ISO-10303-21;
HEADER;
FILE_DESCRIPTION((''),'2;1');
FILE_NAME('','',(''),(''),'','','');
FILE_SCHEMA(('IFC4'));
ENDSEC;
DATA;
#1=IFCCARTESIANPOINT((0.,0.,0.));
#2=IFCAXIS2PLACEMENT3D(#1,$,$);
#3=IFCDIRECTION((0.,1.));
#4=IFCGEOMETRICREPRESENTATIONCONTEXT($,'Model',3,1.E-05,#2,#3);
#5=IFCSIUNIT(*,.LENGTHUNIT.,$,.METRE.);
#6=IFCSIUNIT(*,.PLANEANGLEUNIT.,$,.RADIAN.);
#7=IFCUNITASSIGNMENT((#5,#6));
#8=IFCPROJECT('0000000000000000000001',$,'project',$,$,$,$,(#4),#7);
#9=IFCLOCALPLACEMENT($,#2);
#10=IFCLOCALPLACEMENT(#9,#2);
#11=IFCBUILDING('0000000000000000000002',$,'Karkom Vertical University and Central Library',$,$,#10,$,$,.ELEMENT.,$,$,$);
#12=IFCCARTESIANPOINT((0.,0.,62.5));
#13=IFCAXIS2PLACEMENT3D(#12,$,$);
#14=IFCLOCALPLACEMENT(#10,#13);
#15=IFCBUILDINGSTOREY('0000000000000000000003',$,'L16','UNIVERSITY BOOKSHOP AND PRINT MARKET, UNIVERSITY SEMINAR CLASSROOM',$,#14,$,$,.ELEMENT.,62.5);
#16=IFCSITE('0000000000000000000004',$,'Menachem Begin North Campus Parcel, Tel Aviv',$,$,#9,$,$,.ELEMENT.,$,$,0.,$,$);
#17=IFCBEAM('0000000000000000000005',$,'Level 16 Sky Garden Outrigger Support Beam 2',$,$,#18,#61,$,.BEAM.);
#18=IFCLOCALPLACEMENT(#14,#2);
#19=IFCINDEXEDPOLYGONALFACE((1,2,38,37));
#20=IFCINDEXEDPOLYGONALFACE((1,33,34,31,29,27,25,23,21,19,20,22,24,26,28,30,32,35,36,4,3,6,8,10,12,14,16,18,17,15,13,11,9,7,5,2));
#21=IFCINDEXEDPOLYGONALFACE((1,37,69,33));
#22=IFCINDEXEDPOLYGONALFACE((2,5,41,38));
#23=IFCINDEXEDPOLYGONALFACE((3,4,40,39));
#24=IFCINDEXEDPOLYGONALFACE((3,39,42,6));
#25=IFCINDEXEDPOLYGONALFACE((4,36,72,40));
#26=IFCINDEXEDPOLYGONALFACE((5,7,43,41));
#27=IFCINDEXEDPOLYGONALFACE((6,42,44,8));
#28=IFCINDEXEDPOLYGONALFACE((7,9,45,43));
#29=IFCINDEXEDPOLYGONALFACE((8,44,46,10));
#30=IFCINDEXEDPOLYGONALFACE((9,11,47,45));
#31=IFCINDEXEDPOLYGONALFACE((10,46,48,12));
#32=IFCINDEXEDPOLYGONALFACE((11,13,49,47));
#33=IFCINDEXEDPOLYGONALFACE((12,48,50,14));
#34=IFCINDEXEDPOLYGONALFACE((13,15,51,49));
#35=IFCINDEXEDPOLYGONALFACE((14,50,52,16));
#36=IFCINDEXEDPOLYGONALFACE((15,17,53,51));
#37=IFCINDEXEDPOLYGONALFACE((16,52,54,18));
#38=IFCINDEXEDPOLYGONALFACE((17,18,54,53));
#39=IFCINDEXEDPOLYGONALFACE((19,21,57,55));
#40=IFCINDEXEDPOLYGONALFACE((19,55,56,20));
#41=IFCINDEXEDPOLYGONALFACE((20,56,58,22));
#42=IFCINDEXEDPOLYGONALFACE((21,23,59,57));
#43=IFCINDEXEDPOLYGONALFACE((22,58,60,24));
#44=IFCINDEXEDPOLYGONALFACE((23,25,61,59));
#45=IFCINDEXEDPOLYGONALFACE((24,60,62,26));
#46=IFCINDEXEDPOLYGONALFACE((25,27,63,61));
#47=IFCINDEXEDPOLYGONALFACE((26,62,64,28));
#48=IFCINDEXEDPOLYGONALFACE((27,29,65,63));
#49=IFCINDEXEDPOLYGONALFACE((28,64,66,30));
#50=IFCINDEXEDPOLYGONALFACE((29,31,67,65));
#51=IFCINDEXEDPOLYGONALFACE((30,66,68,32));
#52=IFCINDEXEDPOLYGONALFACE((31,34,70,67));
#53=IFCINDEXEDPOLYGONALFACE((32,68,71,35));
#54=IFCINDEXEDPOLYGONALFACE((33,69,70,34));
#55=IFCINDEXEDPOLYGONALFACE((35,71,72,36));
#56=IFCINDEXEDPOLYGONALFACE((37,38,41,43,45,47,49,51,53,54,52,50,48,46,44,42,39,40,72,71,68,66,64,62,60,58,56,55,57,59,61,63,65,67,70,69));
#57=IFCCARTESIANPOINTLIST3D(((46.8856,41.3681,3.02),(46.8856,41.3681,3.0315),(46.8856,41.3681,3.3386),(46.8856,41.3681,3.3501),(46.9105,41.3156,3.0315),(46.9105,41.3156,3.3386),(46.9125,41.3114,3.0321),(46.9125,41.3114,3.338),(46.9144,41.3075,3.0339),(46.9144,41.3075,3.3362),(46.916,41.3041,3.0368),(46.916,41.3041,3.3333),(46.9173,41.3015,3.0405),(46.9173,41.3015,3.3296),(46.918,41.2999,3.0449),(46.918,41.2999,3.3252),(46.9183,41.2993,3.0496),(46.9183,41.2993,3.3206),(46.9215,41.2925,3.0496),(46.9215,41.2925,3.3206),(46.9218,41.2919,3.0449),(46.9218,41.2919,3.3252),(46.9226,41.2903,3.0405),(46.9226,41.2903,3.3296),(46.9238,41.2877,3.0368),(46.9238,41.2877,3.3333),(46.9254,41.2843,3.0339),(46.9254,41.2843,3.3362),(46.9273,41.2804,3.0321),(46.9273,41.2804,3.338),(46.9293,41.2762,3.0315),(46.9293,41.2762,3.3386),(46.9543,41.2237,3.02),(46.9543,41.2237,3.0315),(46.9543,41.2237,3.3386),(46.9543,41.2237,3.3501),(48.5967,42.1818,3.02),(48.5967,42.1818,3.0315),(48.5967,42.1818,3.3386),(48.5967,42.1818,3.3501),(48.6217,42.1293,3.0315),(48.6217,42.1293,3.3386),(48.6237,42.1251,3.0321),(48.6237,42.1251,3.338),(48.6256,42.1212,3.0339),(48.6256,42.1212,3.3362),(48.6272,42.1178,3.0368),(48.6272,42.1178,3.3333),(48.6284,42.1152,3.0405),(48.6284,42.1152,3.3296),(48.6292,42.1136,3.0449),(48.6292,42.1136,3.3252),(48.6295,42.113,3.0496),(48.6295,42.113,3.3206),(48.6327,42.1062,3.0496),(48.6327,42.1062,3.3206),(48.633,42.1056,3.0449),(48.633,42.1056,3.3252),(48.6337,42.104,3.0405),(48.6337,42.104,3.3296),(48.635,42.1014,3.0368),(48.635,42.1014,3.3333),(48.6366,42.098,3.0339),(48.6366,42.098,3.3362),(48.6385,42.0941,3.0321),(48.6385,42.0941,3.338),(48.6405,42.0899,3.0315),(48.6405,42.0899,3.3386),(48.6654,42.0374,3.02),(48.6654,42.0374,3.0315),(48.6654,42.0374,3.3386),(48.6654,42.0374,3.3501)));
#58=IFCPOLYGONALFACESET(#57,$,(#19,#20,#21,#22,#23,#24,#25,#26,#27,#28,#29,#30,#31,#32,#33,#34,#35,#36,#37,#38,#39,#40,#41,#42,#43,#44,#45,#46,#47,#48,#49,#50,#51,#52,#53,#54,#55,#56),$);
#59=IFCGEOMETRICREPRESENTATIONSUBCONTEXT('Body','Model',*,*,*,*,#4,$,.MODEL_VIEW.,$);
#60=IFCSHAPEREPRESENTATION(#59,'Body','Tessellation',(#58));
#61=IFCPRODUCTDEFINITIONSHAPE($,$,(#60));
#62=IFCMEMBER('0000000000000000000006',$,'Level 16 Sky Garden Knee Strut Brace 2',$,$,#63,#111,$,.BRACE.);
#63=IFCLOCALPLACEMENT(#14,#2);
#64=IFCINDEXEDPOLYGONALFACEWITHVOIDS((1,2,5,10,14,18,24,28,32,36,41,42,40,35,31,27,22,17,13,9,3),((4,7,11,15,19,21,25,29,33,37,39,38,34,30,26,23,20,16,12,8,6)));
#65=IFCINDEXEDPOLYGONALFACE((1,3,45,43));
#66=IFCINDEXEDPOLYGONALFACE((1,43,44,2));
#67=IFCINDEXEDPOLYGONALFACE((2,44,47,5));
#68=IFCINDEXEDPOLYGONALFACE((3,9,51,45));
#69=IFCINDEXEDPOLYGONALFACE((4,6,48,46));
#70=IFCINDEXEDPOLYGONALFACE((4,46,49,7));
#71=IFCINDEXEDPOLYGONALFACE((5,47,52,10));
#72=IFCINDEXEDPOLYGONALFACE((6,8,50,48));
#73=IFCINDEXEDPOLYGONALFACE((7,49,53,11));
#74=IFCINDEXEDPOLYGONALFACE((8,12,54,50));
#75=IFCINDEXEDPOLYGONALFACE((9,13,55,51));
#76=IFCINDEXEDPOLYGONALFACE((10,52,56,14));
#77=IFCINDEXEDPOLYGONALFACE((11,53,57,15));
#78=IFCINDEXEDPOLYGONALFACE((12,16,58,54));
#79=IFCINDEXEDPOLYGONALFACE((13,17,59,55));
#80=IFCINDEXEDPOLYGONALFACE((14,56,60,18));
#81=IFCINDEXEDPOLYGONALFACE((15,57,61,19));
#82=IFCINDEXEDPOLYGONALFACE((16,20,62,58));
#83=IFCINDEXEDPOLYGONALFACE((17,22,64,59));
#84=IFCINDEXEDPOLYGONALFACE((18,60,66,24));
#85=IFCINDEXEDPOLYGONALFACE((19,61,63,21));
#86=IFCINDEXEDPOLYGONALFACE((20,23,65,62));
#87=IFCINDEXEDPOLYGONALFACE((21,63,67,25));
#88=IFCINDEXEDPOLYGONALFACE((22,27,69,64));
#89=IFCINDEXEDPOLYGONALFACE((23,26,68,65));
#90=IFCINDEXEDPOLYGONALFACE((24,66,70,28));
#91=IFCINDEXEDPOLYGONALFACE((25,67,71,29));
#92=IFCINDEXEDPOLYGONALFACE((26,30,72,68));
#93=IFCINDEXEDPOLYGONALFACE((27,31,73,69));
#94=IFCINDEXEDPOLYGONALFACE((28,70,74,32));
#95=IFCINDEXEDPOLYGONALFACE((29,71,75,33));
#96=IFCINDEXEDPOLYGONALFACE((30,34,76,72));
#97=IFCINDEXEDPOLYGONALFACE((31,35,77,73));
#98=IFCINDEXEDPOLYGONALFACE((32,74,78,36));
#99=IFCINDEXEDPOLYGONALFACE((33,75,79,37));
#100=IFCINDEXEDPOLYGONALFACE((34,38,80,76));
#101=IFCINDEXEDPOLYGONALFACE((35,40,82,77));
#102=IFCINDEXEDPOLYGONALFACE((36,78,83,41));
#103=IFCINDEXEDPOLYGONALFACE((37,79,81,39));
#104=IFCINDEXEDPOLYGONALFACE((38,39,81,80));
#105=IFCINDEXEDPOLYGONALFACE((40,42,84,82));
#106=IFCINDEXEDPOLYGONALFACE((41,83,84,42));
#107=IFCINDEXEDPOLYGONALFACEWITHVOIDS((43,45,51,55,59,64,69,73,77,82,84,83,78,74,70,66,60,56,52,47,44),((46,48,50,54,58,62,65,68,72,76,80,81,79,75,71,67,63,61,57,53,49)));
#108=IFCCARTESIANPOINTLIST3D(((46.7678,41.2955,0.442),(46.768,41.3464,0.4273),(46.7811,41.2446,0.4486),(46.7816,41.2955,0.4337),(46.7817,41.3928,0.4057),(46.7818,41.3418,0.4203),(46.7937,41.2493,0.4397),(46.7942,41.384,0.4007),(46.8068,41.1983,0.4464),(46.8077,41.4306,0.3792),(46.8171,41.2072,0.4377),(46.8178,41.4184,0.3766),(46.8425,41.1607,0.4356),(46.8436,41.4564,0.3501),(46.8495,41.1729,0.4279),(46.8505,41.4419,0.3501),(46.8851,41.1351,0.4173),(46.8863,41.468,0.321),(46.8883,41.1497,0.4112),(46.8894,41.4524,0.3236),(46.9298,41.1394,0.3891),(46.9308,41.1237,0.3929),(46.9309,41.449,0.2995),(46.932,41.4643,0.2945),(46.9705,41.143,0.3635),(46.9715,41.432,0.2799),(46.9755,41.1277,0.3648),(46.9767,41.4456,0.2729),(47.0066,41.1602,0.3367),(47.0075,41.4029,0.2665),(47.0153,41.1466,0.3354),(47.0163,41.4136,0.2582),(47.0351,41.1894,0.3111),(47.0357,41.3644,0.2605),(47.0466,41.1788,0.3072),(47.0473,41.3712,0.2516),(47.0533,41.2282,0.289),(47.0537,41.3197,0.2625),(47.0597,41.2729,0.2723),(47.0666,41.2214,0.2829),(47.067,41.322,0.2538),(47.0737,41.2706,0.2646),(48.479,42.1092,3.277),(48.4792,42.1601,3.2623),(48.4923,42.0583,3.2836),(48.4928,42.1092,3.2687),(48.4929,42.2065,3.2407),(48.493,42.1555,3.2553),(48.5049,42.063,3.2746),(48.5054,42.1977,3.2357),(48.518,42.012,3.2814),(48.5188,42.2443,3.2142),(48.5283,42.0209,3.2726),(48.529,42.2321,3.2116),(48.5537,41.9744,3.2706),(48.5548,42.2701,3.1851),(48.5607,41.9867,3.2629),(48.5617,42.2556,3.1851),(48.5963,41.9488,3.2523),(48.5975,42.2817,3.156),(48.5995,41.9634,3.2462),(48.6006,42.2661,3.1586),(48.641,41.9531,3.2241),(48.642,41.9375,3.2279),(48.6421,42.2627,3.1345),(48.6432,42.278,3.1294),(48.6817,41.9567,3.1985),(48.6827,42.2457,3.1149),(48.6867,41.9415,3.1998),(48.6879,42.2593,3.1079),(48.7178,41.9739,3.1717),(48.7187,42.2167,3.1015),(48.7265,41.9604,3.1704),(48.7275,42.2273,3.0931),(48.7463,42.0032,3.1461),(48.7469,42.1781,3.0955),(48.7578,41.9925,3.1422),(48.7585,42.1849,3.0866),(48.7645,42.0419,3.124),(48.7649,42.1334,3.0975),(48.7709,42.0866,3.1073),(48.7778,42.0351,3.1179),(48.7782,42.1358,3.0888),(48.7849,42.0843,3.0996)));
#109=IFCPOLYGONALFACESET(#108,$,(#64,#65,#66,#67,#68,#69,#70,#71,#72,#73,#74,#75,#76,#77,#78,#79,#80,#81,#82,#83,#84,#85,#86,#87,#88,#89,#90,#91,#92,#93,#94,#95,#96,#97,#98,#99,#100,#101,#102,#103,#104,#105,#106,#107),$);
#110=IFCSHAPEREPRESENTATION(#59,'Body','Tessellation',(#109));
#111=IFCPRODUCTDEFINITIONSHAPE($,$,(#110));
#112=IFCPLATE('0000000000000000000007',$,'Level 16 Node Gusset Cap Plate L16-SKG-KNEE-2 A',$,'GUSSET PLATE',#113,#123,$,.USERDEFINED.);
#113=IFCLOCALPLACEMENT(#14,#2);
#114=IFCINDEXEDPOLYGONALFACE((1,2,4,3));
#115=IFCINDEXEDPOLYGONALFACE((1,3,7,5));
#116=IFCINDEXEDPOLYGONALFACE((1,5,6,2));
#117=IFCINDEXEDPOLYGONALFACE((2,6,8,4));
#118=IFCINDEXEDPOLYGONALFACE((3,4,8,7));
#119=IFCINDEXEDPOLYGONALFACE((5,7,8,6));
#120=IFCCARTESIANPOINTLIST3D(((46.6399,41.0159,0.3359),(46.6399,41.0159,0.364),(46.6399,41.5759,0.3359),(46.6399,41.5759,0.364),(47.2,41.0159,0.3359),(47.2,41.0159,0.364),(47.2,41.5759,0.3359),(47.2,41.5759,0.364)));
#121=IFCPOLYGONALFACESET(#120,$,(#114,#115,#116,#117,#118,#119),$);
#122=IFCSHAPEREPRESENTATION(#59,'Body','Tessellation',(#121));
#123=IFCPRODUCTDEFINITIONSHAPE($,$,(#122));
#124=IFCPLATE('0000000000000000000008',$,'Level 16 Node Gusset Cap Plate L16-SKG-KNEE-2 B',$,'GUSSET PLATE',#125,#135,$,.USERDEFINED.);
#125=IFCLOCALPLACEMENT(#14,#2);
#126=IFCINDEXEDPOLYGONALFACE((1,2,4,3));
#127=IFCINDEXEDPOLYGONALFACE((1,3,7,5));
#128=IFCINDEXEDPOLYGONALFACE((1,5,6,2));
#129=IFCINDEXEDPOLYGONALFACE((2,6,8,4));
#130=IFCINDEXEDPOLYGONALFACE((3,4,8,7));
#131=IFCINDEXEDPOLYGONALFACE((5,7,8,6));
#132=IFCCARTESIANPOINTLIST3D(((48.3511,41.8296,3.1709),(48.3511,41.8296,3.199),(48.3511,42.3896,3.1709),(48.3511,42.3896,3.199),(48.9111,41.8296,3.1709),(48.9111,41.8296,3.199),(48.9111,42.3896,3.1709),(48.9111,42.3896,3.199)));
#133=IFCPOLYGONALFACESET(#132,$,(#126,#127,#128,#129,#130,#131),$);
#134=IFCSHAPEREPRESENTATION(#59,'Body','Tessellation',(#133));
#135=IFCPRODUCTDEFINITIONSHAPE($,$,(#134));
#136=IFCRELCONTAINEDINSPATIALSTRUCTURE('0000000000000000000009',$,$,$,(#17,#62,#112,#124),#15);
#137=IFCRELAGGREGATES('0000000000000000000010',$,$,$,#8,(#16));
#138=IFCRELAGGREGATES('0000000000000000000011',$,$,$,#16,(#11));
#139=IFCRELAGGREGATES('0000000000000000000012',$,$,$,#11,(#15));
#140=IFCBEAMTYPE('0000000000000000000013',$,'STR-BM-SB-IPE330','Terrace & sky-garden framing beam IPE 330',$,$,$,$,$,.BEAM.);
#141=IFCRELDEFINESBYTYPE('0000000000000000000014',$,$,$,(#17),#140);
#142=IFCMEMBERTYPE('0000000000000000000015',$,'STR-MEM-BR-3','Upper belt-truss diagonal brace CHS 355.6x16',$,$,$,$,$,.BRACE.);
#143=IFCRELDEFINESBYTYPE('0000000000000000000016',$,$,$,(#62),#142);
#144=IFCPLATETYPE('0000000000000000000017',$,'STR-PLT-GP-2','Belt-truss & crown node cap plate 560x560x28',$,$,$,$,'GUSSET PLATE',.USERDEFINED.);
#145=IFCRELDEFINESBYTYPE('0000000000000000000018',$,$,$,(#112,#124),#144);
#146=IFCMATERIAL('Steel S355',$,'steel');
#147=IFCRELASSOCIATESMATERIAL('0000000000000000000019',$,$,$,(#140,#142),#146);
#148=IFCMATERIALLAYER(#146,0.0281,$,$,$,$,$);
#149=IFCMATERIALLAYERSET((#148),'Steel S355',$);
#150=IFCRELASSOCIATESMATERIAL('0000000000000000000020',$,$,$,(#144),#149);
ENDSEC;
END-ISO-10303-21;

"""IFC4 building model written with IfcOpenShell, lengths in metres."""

from ifc_helpers import new_model, si_unit, direction, frame, origin, origin_with_axes, origin_2d, place, context, subcontext, project, spatial, rectangle, hollow_circle, i_section, extrude, source, transform, mapped, material, layer, layer_set, material_profile, profile_set, type_object, element, save


model = new_model("IFC4")

# Units and contexts
model_context = context("Model", 3, precision=1e-05, world=origin(), true_north=direction((0.0, 1.0)))
body_context = subcontext(model_context, "Body", "Model", "MODEL_VIEW")
ifc_project = project(units=[si_unit("LENGTHUNIT", "METRE"), si_unit("PLANEANGLEUNIT", "RADIAN")], contexts=[model_context])

# Site, building, storey
site_placement = place(None, origin())
site = spatial("IfcSite", under=ifc_project, at=site_placement, Name="Menachem Begin North Campus Parcel, Tel Aviv", CompositionType="ELEMENT", RefElevation=0.0)
building_placement = place(site_placement, origin())
building = spatial("IfcBuilding", under=site, at=building_placement, Name="Karkom Vertical University and Central Library", CompositionType="ELEMENT")
storey_placement = place(building_placement, frame((0.0, 0.0, 62.5)))
storey = spatial("IfcBuildingStorey", under=building, at=storey_placement, Name="L16", Description="UNIVERSITY BOOKSHOP AND PRINT MARKET, UNIVERSITY SEMINAR CLASSROOM", CompositionType="ELEMENT", Elevation=62.5)

# Beam
ifc_material_1 = material(Name="Steel S355", Category="steel")
ifc_material_profile_1 = material_profile(ifc_material_1, i_section(OverallWidth=0.1599, OverallDepth=0.3301, WebThickness=0.0076, FlangeThickness=0.0115, FilletRadius=0.0181, at=origin_2d()), Name="IPE 330")
ifc_profile_set_1 = profile_set([ifc_material_profile_1], Name="Steel S355")
beam_type_1 = type_object("IfcBeamType", Name="STR-BM-SB-IPE330", Description="Terrace & sky-garden framing beam IPE 330", PredefinedType="BEAM", material=ifc_profile_set_1)
shared_shape_1 = source(origin_with_axes(), body_context, "Body", "SweptSolid", [
    extrude(i_section(OverallWidth=0.1599, OverallDepth=0.3301, WebThickness=0.0076, FlangeThickness=0.0115, FilletRadius=0.0181, at=origin_2d()), origin(), (0.0, 0.0, 1.0), 1.8948),
])
beam_1_placement = place(storey_placement, frame((46.9199, 41.2959, 3.1851), z_axis=(0.903091, 0.429448, 0.0), x_axis=(-0.429448, 0.903091, 0.0)))
element("IfcBeam", 1, at=beam_1_placement, inside=storey, type_object=beam_type_1, Name="Level 16 Sky Garden Outrigger Support Beam 2", PredefinedType="BEAM", context=body_context, shape_type="MappedRepresentation", body=[
    mapped(shared_shape_1, transform((0.0, 0.0, 0.0), scale=1.0)),
])

# Member
ifc_material_profile_2 = material_profile(ifc_material_1, hollow_circle(Radius=0.1777, WallThickness=0.0161, at=origin_2d()), Name="CHS 355.6x16")
ifc_profile_set_2 = profile_set([ifc_material_profile_2], Name="Steel S355")
member_type = type_object("IfcMemberType", Name="STR-MEM-BR-3", Description="Upper belt-truss diagonal brace CHS 355.6x16", PredefinedType="BRACE", material=ifc_profile_set_2)
shared_shape_2 = source(origin_with_axes(), body_context, "Body", "SweptSolid", [
    extrude(hollow_circle(Radius=0.1777, WallThickness=0.0161, at=origin_2d()), origin(), (0.0, 0.0, 1.0), 3.4099),
])
member_placement = place(storey_placement, frame((46.9199, 41.2959, 0.3501), z_axis=(0.50183, 0.238636, 0.831396), x_axis=(-0.429448, 0.903091, 0.0)))
element("IfcMember", 2, at=member_placement, inside=storey, type_object=member_type, Name="Level 16 Sky Garden Knee Strut Brace 2", PredefinedType="BRACE", context=body_context, shape_type="MappedRepresentation", body=[
    mapped(shared_shape_2, transform((0.0, 0.0, 0.0), scale=1.0)),
])

# Plates
ifc_layer_1 = layer(ifc_material_1, 0.0281)
ifc_layer_set_1 = layer_set([ifc_layer_1], Name="Steel S355")
plate_type = type_object("IfcPlateType", Name="STR-PLT-GP-2", Description="Belt-truss & crown node cap plate 560x560x28", ElementType="GUSSET PLATE", PredefinedType="USERDEFINED", material=ifc_layer_set_1)
shared_shape_3 = source(origin_with_axes(), body_context, "Body", "SweptSolid", [
    extrude(rectangle(XDim=0.5601, YDim=0.5601, at=origin_2d()), origin(), (0.0, 0.0, 1.0), 0.0281),
])
for number, where, z_axis, x_axis, name in (
    (3, (46.9199, 41.2959, 0.3359), (0.0, 0.0, 1.0), (1.0, 0.0, 0.0), "Level 16 Node Gusset Cap Plate L16-SKG-KNEE-2 A"),
    (4, (48.6311, 42.1096, 3.1709), (0.0, 0.0, 1.0), (1.0, 0.0, 0.0), "Level 16 Node Gusset Cap Plate L16-SKG-KNEE-2 B"),
):
    element("IfcPlate", number, at=place(storey_placement, frame(where, z_axis=z_axis, x_axis=x_axis)), inside=storey, type_object=plate_type, Name=name, ObjectType="GUSSET PLATE", PredefinedType="USERDEFINED", context=body_context, shape_type="MappedRepresentation", body=[
        mapped(shared_shape_3, transform((0.0, 0.0, 0.0), scale=1.0)),
    ])

save(model, "model.ifc")
